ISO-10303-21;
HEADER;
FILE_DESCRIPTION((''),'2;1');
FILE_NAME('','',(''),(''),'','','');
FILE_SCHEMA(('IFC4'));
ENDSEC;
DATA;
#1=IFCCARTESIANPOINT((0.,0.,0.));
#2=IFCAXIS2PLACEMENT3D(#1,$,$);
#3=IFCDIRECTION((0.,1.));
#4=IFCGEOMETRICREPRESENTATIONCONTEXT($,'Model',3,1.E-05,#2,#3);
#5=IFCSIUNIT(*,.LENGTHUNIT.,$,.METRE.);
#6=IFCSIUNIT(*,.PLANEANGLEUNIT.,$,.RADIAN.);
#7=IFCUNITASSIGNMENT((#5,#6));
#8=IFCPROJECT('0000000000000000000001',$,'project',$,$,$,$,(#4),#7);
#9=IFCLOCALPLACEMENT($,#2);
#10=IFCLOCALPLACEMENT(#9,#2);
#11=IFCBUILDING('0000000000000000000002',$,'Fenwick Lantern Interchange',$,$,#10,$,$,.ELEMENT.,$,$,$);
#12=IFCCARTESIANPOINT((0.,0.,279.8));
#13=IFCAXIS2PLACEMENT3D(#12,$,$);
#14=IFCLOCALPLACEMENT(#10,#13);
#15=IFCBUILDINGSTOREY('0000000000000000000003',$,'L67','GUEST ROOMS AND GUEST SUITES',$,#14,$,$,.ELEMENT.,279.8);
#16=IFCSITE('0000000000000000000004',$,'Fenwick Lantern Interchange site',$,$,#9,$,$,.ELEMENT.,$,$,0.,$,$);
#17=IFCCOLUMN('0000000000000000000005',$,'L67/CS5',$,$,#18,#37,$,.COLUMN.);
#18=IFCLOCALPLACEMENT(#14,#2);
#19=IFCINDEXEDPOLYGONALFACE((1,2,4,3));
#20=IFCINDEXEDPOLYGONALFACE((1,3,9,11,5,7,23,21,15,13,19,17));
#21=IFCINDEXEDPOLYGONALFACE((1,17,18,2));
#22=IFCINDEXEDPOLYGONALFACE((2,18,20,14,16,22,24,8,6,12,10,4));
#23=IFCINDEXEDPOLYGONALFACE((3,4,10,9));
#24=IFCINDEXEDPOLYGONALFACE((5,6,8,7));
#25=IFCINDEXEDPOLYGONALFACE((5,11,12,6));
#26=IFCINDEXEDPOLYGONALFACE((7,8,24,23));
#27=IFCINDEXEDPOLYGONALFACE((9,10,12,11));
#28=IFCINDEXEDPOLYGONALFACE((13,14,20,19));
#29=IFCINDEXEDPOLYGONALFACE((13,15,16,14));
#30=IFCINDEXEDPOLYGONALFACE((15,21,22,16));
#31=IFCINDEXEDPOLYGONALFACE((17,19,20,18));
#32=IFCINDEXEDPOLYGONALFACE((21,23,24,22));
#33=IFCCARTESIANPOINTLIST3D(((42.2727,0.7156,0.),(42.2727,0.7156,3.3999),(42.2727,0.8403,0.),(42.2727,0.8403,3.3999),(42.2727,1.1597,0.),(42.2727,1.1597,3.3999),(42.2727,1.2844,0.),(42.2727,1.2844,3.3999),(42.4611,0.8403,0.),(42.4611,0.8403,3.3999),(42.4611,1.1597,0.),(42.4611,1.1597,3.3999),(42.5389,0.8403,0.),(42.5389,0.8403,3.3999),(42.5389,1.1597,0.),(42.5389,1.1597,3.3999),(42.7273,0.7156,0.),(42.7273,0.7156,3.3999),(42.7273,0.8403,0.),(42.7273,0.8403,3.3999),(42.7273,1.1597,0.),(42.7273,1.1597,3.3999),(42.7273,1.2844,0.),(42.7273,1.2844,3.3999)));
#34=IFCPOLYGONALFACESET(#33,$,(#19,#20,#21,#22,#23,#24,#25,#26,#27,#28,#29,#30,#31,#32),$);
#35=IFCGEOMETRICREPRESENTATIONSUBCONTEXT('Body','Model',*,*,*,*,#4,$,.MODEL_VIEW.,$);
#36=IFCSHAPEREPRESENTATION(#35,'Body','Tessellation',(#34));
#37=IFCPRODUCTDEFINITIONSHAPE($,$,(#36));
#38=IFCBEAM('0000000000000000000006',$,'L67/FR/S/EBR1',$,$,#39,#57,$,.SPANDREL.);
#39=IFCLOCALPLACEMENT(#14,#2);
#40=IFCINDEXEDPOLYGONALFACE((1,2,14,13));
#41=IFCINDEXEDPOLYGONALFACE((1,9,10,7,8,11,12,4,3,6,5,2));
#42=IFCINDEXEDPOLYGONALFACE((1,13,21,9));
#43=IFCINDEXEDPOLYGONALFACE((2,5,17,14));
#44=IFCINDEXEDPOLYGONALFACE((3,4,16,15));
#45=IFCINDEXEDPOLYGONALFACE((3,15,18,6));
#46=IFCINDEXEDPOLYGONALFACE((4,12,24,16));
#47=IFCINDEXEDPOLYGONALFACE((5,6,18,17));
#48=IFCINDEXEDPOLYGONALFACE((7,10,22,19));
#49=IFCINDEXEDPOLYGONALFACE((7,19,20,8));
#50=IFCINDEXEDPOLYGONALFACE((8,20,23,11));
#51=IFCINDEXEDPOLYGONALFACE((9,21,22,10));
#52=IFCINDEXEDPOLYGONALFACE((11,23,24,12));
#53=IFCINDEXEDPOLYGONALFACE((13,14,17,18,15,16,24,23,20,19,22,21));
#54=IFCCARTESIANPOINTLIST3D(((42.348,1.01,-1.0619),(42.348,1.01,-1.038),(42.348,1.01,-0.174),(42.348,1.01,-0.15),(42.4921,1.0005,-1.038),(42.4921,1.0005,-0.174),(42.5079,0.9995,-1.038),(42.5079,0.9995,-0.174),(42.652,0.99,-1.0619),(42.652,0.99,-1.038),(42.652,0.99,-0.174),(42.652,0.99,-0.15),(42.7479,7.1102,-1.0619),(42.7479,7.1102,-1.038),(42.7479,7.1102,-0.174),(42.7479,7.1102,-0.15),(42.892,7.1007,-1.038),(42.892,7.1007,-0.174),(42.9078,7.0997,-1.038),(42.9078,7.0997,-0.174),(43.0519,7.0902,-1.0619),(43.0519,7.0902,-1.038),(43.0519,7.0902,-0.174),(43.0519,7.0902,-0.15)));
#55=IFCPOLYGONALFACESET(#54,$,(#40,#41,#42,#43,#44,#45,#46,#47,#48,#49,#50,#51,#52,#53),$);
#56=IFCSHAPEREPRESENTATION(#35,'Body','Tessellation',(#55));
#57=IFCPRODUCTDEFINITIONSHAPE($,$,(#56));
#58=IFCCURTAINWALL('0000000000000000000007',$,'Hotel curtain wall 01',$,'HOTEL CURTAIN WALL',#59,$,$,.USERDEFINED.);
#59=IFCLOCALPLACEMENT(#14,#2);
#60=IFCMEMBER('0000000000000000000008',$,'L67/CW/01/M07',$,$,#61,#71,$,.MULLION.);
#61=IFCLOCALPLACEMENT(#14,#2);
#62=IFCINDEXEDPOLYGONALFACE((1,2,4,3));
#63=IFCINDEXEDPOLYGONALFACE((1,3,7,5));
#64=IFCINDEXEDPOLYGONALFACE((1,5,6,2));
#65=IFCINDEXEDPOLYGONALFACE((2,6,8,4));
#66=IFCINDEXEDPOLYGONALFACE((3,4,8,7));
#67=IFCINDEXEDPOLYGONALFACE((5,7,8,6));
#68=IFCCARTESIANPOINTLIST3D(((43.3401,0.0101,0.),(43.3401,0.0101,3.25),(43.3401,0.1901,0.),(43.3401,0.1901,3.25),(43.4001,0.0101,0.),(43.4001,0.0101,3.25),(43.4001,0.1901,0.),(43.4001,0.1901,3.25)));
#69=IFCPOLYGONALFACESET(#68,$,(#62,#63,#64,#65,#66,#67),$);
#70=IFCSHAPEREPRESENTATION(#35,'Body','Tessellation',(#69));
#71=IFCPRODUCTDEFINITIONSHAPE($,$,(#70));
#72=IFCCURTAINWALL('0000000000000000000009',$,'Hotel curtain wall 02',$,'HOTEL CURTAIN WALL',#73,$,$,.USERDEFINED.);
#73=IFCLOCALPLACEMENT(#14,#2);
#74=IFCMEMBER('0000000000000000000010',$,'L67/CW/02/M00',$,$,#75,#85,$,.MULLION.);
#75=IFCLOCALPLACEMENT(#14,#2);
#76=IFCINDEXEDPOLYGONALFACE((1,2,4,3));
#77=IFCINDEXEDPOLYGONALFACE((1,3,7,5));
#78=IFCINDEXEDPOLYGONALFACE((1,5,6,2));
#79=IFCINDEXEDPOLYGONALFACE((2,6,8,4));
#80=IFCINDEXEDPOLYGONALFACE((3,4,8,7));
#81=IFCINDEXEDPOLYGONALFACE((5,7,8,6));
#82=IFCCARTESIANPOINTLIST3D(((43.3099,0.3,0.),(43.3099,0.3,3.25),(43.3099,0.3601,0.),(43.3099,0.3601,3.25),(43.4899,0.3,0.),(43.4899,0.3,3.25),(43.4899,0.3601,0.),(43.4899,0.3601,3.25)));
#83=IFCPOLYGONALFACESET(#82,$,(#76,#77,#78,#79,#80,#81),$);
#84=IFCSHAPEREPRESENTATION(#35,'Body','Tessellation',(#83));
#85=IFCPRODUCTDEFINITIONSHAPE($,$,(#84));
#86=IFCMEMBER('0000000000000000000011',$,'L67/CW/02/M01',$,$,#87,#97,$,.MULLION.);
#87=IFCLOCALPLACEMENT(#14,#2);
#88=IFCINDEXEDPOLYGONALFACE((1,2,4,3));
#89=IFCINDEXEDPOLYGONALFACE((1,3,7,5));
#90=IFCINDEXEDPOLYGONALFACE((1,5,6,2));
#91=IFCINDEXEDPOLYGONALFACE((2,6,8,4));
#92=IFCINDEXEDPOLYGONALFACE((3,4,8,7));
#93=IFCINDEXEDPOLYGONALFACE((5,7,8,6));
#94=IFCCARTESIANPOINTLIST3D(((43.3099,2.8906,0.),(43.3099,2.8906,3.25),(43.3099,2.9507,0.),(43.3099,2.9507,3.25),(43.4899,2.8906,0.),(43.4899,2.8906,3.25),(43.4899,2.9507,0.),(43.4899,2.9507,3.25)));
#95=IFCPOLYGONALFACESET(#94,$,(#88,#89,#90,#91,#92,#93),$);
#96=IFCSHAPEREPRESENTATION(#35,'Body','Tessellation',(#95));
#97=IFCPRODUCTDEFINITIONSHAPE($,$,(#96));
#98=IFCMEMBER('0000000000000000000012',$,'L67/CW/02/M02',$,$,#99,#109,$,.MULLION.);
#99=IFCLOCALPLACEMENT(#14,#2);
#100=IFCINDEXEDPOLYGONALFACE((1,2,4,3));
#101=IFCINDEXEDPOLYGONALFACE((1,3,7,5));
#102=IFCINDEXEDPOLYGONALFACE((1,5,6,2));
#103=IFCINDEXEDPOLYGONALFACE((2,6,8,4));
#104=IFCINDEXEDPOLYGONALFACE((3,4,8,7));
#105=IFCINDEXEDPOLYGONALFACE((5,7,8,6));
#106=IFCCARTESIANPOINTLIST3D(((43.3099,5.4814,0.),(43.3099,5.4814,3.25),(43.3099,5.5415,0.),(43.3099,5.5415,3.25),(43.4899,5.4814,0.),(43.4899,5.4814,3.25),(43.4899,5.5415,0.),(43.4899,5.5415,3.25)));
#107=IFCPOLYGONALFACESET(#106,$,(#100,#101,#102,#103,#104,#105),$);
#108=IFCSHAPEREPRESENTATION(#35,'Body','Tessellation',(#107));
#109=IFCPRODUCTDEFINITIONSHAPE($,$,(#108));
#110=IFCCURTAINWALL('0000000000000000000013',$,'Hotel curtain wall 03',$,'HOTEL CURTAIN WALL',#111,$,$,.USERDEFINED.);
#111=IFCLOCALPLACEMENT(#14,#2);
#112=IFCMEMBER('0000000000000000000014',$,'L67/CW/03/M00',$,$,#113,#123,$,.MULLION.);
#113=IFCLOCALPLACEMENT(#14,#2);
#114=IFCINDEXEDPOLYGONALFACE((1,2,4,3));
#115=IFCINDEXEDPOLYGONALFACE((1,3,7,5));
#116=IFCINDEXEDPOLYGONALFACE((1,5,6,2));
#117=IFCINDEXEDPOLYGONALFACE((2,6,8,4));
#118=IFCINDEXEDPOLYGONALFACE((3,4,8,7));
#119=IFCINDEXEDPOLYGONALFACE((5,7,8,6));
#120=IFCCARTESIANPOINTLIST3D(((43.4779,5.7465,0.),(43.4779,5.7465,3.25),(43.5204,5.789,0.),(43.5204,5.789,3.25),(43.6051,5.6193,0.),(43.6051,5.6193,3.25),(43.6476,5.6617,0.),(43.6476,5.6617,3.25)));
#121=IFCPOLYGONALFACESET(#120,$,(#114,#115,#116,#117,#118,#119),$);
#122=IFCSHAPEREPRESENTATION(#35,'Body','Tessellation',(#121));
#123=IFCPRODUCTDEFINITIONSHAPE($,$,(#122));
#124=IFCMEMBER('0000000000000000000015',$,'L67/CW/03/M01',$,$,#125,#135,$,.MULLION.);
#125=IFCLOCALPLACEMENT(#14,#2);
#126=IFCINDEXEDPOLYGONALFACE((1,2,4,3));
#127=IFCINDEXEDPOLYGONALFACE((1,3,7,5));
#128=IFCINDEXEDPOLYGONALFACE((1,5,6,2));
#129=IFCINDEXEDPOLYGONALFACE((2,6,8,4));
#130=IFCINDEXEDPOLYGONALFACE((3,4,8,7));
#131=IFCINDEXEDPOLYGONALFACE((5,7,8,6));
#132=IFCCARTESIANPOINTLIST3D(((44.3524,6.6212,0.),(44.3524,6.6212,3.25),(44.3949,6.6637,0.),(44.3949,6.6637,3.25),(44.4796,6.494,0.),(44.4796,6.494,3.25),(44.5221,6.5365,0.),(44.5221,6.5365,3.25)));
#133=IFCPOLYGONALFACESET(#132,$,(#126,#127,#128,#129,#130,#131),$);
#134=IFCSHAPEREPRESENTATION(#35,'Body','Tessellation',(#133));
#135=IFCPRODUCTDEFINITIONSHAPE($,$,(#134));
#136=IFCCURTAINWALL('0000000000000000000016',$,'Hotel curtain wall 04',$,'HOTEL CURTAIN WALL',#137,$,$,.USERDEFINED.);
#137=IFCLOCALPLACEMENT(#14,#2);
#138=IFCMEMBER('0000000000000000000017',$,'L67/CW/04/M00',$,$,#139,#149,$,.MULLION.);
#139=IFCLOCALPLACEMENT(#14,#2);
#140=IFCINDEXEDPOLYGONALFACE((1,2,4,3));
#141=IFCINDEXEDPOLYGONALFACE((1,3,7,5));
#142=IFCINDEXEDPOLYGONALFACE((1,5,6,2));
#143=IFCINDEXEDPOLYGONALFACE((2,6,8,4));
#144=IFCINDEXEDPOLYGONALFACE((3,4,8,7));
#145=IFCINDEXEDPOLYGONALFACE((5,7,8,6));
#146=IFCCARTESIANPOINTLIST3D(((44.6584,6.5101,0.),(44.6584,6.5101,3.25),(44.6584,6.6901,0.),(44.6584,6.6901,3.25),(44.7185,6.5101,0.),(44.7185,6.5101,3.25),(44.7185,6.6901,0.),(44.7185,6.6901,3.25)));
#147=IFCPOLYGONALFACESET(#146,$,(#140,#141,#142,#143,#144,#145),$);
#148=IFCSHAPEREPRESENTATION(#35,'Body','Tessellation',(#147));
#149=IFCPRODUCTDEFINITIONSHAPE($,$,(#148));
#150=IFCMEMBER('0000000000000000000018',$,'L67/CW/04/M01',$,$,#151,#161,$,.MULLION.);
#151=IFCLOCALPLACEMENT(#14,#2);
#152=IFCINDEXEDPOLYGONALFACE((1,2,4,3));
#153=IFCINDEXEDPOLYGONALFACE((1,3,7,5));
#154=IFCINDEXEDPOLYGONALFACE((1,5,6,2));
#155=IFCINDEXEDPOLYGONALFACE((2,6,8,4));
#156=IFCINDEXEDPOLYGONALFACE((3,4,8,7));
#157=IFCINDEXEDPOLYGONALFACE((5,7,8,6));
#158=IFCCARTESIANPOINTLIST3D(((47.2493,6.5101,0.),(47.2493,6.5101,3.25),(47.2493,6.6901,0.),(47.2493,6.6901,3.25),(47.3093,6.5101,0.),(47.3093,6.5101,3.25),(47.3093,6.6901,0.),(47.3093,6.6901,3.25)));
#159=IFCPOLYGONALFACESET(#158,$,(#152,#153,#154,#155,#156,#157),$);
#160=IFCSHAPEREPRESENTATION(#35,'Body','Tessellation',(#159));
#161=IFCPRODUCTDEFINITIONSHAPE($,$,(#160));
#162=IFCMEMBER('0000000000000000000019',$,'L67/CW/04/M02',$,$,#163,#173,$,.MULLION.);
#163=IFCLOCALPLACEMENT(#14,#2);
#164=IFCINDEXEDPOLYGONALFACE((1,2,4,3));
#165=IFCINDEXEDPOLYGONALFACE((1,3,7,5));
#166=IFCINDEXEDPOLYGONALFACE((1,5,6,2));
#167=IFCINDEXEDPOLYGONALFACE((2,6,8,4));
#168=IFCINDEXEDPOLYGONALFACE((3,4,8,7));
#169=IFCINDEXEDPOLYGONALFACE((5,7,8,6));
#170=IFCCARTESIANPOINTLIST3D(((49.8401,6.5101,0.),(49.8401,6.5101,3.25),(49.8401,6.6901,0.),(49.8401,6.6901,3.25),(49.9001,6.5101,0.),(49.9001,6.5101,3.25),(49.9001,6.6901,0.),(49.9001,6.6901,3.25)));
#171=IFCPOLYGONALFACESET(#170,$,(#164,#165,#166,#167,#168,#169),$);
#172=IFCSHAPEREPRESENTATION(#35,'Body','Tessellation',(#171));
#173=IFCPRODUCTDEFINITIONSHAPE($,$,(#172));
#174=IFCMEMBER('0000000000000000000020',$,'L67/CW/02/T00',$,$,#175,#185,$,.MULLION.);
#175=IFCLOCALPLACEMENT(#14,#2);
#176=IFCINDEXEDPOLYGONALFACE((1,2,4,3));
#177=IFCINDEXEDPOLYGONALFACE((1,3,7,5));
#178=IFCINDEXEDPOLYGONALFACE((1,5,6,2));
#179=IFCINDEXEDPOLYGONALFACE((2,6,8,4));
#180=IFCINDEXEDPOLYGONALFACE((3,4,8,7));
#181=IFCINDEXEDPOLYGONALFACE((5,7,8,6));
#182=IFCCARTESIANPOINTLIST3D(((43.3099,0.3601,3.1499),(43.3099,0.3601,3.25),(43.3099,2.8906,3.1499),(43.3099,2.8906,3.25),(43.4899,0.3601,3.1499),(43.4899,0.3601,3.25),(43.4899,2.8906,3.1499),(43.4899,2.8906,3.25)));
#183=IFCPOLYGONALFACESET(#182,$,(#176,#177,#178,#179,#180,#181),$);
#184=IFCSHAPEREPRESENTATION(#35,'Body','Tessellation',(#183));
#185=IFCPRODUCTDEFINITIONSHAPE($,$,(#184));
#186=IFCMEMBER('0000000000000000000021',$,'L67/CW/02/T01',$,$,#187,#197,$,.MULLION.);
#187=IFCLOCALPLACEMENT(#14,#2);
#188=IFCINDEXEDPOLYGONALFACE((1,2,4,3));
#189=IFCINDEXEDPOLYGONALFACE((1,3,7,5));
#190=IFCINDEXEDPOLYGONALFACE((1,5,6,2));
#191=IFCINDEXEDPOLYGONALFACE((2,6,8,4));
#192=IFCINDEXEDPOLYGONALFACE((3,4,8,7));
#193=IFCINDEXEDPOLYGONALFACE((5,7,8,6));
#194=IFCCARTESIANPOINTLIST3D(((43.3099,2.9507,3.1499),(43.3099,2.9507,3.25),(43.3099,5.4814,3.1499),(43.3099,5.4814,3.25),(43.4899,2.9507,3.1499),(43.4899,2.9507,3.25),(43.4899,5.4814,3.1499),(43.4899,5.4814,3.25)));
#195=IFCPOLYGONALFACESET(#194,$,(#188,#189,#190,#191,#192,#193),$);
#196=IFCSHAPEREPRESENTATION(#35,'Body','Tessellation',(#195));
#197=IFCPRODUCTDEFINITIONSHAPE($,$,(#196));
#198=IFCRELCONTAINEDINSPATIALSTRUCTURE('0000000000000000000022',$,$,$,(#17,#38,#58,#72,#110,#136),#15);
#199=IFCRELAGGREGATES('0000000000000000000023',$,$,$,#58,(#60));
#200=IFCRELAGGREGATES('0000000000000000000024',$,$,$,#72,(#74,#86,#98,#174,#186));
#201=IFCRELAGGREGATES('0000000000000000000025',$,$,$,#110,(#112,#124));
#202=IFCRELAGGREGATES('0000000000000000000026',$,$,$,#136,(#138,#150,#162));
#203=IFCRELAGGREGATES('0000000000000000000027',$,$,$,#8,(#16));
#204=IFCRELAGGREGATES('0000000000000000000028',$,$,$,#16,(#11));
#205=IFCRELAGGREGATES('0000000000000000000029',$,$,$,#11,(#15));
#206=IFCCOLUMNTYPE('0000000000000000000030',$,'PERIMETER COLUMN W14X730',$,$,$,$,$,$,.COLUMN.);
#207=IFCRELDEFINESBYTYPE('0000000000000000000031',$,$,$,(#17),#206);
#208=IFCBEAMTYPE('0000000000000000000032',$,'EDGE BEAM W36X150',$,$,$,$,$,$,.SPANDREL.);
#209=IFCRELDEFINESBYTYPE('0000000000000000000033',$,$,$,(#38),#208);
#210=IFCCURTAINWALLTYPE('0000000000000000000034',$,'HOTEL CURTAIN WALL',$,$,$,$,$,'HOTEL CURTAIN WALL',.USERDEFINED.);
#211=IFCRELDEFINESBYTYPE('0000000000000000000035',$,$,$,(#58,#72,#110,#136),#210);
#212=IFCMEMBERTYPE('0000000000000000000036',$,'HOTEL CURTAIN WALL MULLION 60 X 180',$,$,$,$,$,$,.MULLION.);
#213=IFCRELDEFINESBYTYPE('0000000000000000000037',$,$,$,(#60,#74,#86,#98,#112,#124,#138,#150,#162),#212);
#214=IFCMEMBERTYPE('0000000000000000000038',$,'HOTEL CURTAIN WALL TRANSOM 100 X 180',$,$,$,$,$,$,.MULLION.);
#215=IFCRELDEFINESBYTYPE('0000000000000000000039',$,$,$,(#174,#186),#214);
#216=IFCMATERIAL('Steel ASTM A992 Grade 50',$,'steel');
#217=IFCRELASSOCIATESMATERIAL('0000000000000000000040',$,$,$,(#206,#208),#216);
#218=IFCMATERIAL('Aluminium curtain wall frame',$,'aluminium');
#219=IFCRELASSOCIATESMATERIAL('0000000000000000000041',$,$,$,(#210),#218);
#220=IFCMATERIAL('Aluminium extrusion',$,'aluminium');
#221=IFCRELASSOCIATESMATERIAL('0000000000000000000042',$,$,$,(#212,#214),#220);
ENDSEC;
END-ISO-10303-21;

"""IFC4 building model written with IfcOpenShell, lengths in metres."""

from ifc_helpers import new_model, si_unit, direction, frame, origin, origin_2d, place, context, subcontext, project, spatial, rectangle, i_section, extrude, material, material_profile, profile_set, type_object, element, aggregate, save


model = new_model("IFC4")

# Units and contexts
model_context = context("Model", 3, precision=1e-05, world=origin(), true_north=direction((0.0, 1.0)))
body_context = subcontext(model_context, "Body", "Model", "MODEL_VIEW")
ifc_project = project(units=[si_unit("LENGTHUNIT", "METRE"), si_unit("PLANEANGLEUNIT", "RADIAN")], contexts=[model_context])

# Site, building, storey
site_placement = place(None, origin())
site = spatial("IfcSite", under=ifc_project, at=site_placement, Name="Fenwick Lantern Interchange site", CompositionType="ELEMENT", RefElevation=0.0)
building_placement = place(site_placement, origin())
building = spatial("IfcBuilding", under=site, at=building_placement, Name="Fenwick Lantern Interchange", CompositionType="ELEMENT")
storey_placement = place(building_placement, frame((0.0, 0.0, 279.8)))
storey = spatial("IfcBuildingStorey", under=building, at=storey_placement, Name="L67", Description="GUEST ROOMS AND GUEST SUITES", CompositionType="ELEMENT", Elevation=279.8)

# Column
ifc_material_1 = material(Name="Steel ASTM A992 Grade 50", Category="steel")
ifc_material_profile_1 = material_profile(ifc_material_1, i_section(OverallWidth=0.4546, OverallDepth=0.5688, WebThickness=0.0779, FlangeThickness=0.1248, at=origin_2d()), Name="W14X730")
ifc_profile_set_1 = profile_set([ifc_material_profile_1], Name="Steel ASTM A992 Grade 50")
column_type = type_object("IfcColumnType", Name="PERIMETER COLUMN W14X730", PredefinedType="COLUMN", material=ifc_profile_set_1)
column_placement = place(storey_placement, frame((42.5, 1.0, 0.0), z_axis=(0.0, 0.0, 1.0), x_axis=(1.0, 0.0, 0.0)))
element("IfcColumn", 1, at=column_placement, inside=storey, type_object=column_type, Name="L67/CS5", PredefinedType="COLUMN", context=body_context, shape_type="SweptSolid", body=[
    extrude(i_section(OverallWidth=0.4546, OverallDepth=0.5688, WebThickness=0.0779, FlangeThickness=0.1248, at=origin_2d()), origin(), (0.0, 0.0, 1.0), 3.3999),
])

# Beam
ifc_material_profile_2 = material_profile(ifc_material_1, i_section(OverallWidth=0.3047, OverallDepth=0.9119, WebThickness=0.0159, FlangeThickness=0.0239, at=origin_2d()), Name="W36X150")
ifc_profile_set_2 = profile_set([ifc_material_profile_2], Name="Steel ASTM A992 Grade 50")
beam_type = type_object("IfcBeamType", Name="EDGE BEAM W36X150", PredefinedType="SPANDREL", material=ifc_profile_set_2)
beam_placement = place(storey_placement, frame((42.5, 1.0, -0.606), z_axis=(0.065416, 0.997858, 0.0), x_axis=(-0.997858, 0.065416, 0.0)))
element("IfcBeam", 2, at=beam_placement, inside=storey, type_object=beam_type, Name="L67/FR/S/EBR1", PredefinedType="SPANDREL", context=body_context, shape_type="SweptSolid", body=[
    extrude(i_section(OverallWidth=0.3047, OverallDepth=0.9119, WebThickness=0.0159, FlangeThickness=0.0239, at=origin_2d()), origin(), (0.0, 0.0, 1.0), 6.1133),
])

# Curtain wall, member
ifc_material_2 = material(Name="Aluminium curtain wall frame", Category="aluminium")
curtain_wall_type = type_object("IfcCurtainWallType", Name="HOTEL CURTAIN WALL", ElementType="HOTEL CURTAIN WALL", PredefinedType="USERDEFINED", material=ifc_material_2)
curtain_wall_1_placement = place(storey_placement, origin())
curtain_wall_1 = element("IfcCurtainWall", 3, at=curtain_wall_1_placement, inside=storey, type_object=curtain_wall_type, Name="Hotel curtain wall 01", ObjectType="HOTEL CURTAIN WALL", PredefinedType="USERDEFINED")
ifc_material_3 = material(Name="Aluminium extrusion", Category="aluminium")
ifc_material_profile_3 = material_profile(ifc_material_3, rectangle(XDim=0.1799, YDim=0.0601, at=origin_2d()), Name="HOTEL CURTAIN WALL MULLION 60 X 180")
ifc_profile_set_3 = profile_set([ifc_material_profile_3], Name="Aluminium extrusion")
member_type_1 = type_object("IfcMemberType", Name="HOTEL CURTAIN WALL MULLION 60 X 180", PredefinedType="MULLION", material=ifc_profile_set_3)
member_1_placement = place(storey_placement, frame((43.3701, 0.1001, 0.0), z_axis=(0.0, 0.0, 1.0), x_axis=(0.0, 1.0, 0.0)))
member_1 = element("IfcMember", 4, at=member_1_placement, type_object=member_type_1, Name="L67/CW/01/M07", PredefinedType="MULLION", context=body_context, shape_type="SweptSolid", body=[
    extrude(rectangle(XDim=0.1799, YDim=0.0601, at=origin_2d()), origin(), (0.0, 0.0, 1.0), 3.25),
])
aggregate(curtain_wall_1, [member_1])

# Curtain walls, members
curtain_wall_2_placement = place(storey_placement, origin())
curtain_wall_2 = element("IfcCurtainWall", 5, at=curtain_wall_2_placement, inside=storey, type_object=curtain_wall_type, Name="Hotel curtain wall 02", ObjectType="HOTEL CURTAIN WALL", PredefinedType="USERDEFINED")
member_2_placement = place(storey_placement, frame((43.3999, 0.3301, 0.0), z_axis=(0.0, 0.0, 1.0), x_axis=(-1.0, 0.0, 0.0)))
member_2 = element("IfcMember", 6, at=member_2_placement, type_object=member_type_1, Name="L67/CW/02/M00", PredefinedType="MULLION", context=body_context, shape_type="SweptSolid", body=[
    extrude(rectangle(XDim=0.1799, YDim=0.0601, at=origin_2d()), origin(), (0.0, 0.0, 1.0), 3.25),
])
member_3_placement = place(storey_placement, frame((43.3999, 2.9207, 0.0), z_axis=(0.0, 0.0, 1.0), x_axis=(-1.0, 0.0, 0.0)))
member_3 = element("IfcMember", 7, at=member_3_placement, type_object=member_type_1, Name="L67/CW/02/M01", PredefinedType="MULLION", context=body_context, shape_type="SweptSolid", body=[
    extrude(rectangle(XDim=0.1799, YDim=0.0601, at=origin_2d()), origin(), (0.0, 0.0, 1.0), 3.25),
])
member_4_placement = place(storey_placement, frame((43.3999, 5.5115, 0.0), z_axis=(0.0, 0.0, 1.0), x_axis=(-1.0, 0.0, 0.0)))
member_4 = element("IfcMember", 8, at=member_4_placement, type_object=member_type_1, Name="L67/CW/02/M02", PredefinedType="MULLION", context=body_context, shape_type="SweptSolid", body=[
    extrude(rectangle(XDim=0.1799, YDim=0.0601, at=origin_2d()), origin(), (0.0, 0.0, 1.0), 3.25),
])
curtain_wall_3_placement = place(storey_placement, origin())
curtain_wall_3 = element("IfcCurtainWall", 9, at=curtain_wall_3_placement, inside=storey, type_object=curtain_wall_type, Name="Hotel curtain wall 03", ObjectType="HOTEL CURTAIN WALL", PredefinedType="USERDEFINED")
member_5_placement = place(storey_placement, frame((43.5627, 5.7041, 0.0), z_axis=(0.0, 0.0, 1.0), x_axis=(-0.707107, 0.707107, 0.0)))
member_5 = element("IfcMember", 10, at=member_5_placement, type_object=member_type_1, Name="L67/CW/03/M00", PredefinedType="MULLION", context=body_context, shape_type="SweptSolid", body=[
    extrude(rectangle(XDim=0.1799, YDim=0.0601, at=origin_2d()), origin(), (0.0, 0.0, 1.0), 3.25),
])
member_6_placement = place(storey_placement, frame((44.4373, 6.5789, 0.0), z_axis=(0.0, 0.0, 1.0), x_axis=(-0.707107, 0.707107, 0.0)))
member_6 = element("IfcMember", 11, at=member_6_placement, type_object=member_type_1, Name="L67/CW/03/M01", PredefinedType="MULLION", context=body_context, shape_type="SweptSolid", body=[
    extrude(rectangle(XDim=0.1799, YDim=0.0601, at=origin_2d()), origin(), (0.0, 0.0, 1.0), 3.25),
])
curtain_wall_4_placement = place(storey_placement, origin())
curtain_wall_4 = element("IfcCurtainWall", 12, at=curtain_wall_4_placement, inside=storey, type_object=curtain_wall_type, Name="Hotel curtain wall 04", ObjectType="HOTEL CURTAIN WALL", PredefinedType="USERDEFINED")
member_7_placement = place(storey_placement, frame((44.6885, 6.6001, 0.0), z_axis=(0.0, 0.0, 1.0), x_axis=(0.0, 1.0, 0.0)))
member_7 = element("IfcMember", 13, at=member_7_placement, type_object=member_type_1, Name="L67/CW/04/M00", PredefinedType="MULLION", context=body_context, shape_type="SweptSolid", body=[
    extrude(rectangle(XDim=0.1799, YDim=0.0601, at=origin_2d()), origin(), (0.0, 0.0, 1.0), 3.25),
])
member_8_placement = place(storey_placement, frame((47.2793, 6.6001, 0.0), z_axis=(0.0, 0.0, 1.0), x_axis=(0.0, 1.0, 0.0)))
member_8 = element("IfcMember", 14, at=member_8_placement, type_object=member_type_1, Name="L67/CW/04/M01", PredefinedType="MULLION", context=body_context, shape_type="SweptSolid", body=[
    extrude(rectangle(XDim=0.1799, YDim=0.0601, at=origin_2d()), origin(), (0.0, 0.0, 1.0), 3.25),
])
member_9_placement = place(storey_placement, frame((49.8701, 6.6001, 0.0), z_axis=(0.0, 0.0, 1.0), x_axis=(0.0, 1.0, 0.0)))
member_9 = element("IfcMember", 15, at=member_9_placement, type_object=member_type_1, Name="L67/CW/04/M02", PredefinedType="MULLION", context=body_context, shape_type="SweptSolid", body=[
    extrude(rectangle(XDim=0.1799, YDim=0.0601, at=origin_2d()), origin(), (0.0, 0.0, 1.0), 3.25),
])

# Members
ifc_material_profile_4 = material_profile(ifc_material_3, rectangle(XDim=0.1799, YDim=0.1001, at=origin_2d()), Name="HOTEL CURTAIN WALL TRANSOM 100 X 180")
ifc_profile_set_4 = profile_set([ifc_material_profile_4], Name="Aluminium extrusion")
member_type_2 = type_object("IfcMemberType", Name="HOTEL CURTAIN WALL TRANSOM 100 X 180", PredefinedType="MULLION", material=ifc_profile_set_4)
member_10_placement = place(storey_placement, frame((43.3999, 0.3601, 3.2), z_axis=(0.0, 1.0, 0.0), x_axis=(-1.0, 0.0, 0.0)))
member_10 = element("IfcMember", 16, at=member_10_placement, type_object=member_type_2, Name="L67/CW/02/T00", PredefinedType="MULLION", context=body_context, shape_type="SweptSolid", body=[
    extrude(rectangle(XDim=0.1799, YDim=0.1001, at=origin_2d()), origin(), (0.0, 0.0, 1.0), 2.5305),
])
member_11_placement = place(storey_placement, frame((43.3999, 2.9507, 3.2), z_axis=(0.0, 1.0, 0.0), x_axis=(-1.0, 0.0, 0.0)))
member_11 = element("IfcMember", 17, at=member_11_placement, type_object=member_type_2, Name="L67/CW/02/T01", PredefinedType="MULLION", context=body_context, shape_type="SweptSolid", body=[
    extrude(rectangle(XDim=0.1799, YDim=0.1001, at=origin_2d()), origin(), (0.0, 0.0, 1.0), 2.5308),
])

aggregate(curtain_wall_2, [member_2, member_3, member_4, member_10, member_11])
aggregate(curtain_wall_3, [member_5, member_6])
aggregate(curtain_wall_4, [member_7, member_8, member_9])

save(model, "model.ifc")
